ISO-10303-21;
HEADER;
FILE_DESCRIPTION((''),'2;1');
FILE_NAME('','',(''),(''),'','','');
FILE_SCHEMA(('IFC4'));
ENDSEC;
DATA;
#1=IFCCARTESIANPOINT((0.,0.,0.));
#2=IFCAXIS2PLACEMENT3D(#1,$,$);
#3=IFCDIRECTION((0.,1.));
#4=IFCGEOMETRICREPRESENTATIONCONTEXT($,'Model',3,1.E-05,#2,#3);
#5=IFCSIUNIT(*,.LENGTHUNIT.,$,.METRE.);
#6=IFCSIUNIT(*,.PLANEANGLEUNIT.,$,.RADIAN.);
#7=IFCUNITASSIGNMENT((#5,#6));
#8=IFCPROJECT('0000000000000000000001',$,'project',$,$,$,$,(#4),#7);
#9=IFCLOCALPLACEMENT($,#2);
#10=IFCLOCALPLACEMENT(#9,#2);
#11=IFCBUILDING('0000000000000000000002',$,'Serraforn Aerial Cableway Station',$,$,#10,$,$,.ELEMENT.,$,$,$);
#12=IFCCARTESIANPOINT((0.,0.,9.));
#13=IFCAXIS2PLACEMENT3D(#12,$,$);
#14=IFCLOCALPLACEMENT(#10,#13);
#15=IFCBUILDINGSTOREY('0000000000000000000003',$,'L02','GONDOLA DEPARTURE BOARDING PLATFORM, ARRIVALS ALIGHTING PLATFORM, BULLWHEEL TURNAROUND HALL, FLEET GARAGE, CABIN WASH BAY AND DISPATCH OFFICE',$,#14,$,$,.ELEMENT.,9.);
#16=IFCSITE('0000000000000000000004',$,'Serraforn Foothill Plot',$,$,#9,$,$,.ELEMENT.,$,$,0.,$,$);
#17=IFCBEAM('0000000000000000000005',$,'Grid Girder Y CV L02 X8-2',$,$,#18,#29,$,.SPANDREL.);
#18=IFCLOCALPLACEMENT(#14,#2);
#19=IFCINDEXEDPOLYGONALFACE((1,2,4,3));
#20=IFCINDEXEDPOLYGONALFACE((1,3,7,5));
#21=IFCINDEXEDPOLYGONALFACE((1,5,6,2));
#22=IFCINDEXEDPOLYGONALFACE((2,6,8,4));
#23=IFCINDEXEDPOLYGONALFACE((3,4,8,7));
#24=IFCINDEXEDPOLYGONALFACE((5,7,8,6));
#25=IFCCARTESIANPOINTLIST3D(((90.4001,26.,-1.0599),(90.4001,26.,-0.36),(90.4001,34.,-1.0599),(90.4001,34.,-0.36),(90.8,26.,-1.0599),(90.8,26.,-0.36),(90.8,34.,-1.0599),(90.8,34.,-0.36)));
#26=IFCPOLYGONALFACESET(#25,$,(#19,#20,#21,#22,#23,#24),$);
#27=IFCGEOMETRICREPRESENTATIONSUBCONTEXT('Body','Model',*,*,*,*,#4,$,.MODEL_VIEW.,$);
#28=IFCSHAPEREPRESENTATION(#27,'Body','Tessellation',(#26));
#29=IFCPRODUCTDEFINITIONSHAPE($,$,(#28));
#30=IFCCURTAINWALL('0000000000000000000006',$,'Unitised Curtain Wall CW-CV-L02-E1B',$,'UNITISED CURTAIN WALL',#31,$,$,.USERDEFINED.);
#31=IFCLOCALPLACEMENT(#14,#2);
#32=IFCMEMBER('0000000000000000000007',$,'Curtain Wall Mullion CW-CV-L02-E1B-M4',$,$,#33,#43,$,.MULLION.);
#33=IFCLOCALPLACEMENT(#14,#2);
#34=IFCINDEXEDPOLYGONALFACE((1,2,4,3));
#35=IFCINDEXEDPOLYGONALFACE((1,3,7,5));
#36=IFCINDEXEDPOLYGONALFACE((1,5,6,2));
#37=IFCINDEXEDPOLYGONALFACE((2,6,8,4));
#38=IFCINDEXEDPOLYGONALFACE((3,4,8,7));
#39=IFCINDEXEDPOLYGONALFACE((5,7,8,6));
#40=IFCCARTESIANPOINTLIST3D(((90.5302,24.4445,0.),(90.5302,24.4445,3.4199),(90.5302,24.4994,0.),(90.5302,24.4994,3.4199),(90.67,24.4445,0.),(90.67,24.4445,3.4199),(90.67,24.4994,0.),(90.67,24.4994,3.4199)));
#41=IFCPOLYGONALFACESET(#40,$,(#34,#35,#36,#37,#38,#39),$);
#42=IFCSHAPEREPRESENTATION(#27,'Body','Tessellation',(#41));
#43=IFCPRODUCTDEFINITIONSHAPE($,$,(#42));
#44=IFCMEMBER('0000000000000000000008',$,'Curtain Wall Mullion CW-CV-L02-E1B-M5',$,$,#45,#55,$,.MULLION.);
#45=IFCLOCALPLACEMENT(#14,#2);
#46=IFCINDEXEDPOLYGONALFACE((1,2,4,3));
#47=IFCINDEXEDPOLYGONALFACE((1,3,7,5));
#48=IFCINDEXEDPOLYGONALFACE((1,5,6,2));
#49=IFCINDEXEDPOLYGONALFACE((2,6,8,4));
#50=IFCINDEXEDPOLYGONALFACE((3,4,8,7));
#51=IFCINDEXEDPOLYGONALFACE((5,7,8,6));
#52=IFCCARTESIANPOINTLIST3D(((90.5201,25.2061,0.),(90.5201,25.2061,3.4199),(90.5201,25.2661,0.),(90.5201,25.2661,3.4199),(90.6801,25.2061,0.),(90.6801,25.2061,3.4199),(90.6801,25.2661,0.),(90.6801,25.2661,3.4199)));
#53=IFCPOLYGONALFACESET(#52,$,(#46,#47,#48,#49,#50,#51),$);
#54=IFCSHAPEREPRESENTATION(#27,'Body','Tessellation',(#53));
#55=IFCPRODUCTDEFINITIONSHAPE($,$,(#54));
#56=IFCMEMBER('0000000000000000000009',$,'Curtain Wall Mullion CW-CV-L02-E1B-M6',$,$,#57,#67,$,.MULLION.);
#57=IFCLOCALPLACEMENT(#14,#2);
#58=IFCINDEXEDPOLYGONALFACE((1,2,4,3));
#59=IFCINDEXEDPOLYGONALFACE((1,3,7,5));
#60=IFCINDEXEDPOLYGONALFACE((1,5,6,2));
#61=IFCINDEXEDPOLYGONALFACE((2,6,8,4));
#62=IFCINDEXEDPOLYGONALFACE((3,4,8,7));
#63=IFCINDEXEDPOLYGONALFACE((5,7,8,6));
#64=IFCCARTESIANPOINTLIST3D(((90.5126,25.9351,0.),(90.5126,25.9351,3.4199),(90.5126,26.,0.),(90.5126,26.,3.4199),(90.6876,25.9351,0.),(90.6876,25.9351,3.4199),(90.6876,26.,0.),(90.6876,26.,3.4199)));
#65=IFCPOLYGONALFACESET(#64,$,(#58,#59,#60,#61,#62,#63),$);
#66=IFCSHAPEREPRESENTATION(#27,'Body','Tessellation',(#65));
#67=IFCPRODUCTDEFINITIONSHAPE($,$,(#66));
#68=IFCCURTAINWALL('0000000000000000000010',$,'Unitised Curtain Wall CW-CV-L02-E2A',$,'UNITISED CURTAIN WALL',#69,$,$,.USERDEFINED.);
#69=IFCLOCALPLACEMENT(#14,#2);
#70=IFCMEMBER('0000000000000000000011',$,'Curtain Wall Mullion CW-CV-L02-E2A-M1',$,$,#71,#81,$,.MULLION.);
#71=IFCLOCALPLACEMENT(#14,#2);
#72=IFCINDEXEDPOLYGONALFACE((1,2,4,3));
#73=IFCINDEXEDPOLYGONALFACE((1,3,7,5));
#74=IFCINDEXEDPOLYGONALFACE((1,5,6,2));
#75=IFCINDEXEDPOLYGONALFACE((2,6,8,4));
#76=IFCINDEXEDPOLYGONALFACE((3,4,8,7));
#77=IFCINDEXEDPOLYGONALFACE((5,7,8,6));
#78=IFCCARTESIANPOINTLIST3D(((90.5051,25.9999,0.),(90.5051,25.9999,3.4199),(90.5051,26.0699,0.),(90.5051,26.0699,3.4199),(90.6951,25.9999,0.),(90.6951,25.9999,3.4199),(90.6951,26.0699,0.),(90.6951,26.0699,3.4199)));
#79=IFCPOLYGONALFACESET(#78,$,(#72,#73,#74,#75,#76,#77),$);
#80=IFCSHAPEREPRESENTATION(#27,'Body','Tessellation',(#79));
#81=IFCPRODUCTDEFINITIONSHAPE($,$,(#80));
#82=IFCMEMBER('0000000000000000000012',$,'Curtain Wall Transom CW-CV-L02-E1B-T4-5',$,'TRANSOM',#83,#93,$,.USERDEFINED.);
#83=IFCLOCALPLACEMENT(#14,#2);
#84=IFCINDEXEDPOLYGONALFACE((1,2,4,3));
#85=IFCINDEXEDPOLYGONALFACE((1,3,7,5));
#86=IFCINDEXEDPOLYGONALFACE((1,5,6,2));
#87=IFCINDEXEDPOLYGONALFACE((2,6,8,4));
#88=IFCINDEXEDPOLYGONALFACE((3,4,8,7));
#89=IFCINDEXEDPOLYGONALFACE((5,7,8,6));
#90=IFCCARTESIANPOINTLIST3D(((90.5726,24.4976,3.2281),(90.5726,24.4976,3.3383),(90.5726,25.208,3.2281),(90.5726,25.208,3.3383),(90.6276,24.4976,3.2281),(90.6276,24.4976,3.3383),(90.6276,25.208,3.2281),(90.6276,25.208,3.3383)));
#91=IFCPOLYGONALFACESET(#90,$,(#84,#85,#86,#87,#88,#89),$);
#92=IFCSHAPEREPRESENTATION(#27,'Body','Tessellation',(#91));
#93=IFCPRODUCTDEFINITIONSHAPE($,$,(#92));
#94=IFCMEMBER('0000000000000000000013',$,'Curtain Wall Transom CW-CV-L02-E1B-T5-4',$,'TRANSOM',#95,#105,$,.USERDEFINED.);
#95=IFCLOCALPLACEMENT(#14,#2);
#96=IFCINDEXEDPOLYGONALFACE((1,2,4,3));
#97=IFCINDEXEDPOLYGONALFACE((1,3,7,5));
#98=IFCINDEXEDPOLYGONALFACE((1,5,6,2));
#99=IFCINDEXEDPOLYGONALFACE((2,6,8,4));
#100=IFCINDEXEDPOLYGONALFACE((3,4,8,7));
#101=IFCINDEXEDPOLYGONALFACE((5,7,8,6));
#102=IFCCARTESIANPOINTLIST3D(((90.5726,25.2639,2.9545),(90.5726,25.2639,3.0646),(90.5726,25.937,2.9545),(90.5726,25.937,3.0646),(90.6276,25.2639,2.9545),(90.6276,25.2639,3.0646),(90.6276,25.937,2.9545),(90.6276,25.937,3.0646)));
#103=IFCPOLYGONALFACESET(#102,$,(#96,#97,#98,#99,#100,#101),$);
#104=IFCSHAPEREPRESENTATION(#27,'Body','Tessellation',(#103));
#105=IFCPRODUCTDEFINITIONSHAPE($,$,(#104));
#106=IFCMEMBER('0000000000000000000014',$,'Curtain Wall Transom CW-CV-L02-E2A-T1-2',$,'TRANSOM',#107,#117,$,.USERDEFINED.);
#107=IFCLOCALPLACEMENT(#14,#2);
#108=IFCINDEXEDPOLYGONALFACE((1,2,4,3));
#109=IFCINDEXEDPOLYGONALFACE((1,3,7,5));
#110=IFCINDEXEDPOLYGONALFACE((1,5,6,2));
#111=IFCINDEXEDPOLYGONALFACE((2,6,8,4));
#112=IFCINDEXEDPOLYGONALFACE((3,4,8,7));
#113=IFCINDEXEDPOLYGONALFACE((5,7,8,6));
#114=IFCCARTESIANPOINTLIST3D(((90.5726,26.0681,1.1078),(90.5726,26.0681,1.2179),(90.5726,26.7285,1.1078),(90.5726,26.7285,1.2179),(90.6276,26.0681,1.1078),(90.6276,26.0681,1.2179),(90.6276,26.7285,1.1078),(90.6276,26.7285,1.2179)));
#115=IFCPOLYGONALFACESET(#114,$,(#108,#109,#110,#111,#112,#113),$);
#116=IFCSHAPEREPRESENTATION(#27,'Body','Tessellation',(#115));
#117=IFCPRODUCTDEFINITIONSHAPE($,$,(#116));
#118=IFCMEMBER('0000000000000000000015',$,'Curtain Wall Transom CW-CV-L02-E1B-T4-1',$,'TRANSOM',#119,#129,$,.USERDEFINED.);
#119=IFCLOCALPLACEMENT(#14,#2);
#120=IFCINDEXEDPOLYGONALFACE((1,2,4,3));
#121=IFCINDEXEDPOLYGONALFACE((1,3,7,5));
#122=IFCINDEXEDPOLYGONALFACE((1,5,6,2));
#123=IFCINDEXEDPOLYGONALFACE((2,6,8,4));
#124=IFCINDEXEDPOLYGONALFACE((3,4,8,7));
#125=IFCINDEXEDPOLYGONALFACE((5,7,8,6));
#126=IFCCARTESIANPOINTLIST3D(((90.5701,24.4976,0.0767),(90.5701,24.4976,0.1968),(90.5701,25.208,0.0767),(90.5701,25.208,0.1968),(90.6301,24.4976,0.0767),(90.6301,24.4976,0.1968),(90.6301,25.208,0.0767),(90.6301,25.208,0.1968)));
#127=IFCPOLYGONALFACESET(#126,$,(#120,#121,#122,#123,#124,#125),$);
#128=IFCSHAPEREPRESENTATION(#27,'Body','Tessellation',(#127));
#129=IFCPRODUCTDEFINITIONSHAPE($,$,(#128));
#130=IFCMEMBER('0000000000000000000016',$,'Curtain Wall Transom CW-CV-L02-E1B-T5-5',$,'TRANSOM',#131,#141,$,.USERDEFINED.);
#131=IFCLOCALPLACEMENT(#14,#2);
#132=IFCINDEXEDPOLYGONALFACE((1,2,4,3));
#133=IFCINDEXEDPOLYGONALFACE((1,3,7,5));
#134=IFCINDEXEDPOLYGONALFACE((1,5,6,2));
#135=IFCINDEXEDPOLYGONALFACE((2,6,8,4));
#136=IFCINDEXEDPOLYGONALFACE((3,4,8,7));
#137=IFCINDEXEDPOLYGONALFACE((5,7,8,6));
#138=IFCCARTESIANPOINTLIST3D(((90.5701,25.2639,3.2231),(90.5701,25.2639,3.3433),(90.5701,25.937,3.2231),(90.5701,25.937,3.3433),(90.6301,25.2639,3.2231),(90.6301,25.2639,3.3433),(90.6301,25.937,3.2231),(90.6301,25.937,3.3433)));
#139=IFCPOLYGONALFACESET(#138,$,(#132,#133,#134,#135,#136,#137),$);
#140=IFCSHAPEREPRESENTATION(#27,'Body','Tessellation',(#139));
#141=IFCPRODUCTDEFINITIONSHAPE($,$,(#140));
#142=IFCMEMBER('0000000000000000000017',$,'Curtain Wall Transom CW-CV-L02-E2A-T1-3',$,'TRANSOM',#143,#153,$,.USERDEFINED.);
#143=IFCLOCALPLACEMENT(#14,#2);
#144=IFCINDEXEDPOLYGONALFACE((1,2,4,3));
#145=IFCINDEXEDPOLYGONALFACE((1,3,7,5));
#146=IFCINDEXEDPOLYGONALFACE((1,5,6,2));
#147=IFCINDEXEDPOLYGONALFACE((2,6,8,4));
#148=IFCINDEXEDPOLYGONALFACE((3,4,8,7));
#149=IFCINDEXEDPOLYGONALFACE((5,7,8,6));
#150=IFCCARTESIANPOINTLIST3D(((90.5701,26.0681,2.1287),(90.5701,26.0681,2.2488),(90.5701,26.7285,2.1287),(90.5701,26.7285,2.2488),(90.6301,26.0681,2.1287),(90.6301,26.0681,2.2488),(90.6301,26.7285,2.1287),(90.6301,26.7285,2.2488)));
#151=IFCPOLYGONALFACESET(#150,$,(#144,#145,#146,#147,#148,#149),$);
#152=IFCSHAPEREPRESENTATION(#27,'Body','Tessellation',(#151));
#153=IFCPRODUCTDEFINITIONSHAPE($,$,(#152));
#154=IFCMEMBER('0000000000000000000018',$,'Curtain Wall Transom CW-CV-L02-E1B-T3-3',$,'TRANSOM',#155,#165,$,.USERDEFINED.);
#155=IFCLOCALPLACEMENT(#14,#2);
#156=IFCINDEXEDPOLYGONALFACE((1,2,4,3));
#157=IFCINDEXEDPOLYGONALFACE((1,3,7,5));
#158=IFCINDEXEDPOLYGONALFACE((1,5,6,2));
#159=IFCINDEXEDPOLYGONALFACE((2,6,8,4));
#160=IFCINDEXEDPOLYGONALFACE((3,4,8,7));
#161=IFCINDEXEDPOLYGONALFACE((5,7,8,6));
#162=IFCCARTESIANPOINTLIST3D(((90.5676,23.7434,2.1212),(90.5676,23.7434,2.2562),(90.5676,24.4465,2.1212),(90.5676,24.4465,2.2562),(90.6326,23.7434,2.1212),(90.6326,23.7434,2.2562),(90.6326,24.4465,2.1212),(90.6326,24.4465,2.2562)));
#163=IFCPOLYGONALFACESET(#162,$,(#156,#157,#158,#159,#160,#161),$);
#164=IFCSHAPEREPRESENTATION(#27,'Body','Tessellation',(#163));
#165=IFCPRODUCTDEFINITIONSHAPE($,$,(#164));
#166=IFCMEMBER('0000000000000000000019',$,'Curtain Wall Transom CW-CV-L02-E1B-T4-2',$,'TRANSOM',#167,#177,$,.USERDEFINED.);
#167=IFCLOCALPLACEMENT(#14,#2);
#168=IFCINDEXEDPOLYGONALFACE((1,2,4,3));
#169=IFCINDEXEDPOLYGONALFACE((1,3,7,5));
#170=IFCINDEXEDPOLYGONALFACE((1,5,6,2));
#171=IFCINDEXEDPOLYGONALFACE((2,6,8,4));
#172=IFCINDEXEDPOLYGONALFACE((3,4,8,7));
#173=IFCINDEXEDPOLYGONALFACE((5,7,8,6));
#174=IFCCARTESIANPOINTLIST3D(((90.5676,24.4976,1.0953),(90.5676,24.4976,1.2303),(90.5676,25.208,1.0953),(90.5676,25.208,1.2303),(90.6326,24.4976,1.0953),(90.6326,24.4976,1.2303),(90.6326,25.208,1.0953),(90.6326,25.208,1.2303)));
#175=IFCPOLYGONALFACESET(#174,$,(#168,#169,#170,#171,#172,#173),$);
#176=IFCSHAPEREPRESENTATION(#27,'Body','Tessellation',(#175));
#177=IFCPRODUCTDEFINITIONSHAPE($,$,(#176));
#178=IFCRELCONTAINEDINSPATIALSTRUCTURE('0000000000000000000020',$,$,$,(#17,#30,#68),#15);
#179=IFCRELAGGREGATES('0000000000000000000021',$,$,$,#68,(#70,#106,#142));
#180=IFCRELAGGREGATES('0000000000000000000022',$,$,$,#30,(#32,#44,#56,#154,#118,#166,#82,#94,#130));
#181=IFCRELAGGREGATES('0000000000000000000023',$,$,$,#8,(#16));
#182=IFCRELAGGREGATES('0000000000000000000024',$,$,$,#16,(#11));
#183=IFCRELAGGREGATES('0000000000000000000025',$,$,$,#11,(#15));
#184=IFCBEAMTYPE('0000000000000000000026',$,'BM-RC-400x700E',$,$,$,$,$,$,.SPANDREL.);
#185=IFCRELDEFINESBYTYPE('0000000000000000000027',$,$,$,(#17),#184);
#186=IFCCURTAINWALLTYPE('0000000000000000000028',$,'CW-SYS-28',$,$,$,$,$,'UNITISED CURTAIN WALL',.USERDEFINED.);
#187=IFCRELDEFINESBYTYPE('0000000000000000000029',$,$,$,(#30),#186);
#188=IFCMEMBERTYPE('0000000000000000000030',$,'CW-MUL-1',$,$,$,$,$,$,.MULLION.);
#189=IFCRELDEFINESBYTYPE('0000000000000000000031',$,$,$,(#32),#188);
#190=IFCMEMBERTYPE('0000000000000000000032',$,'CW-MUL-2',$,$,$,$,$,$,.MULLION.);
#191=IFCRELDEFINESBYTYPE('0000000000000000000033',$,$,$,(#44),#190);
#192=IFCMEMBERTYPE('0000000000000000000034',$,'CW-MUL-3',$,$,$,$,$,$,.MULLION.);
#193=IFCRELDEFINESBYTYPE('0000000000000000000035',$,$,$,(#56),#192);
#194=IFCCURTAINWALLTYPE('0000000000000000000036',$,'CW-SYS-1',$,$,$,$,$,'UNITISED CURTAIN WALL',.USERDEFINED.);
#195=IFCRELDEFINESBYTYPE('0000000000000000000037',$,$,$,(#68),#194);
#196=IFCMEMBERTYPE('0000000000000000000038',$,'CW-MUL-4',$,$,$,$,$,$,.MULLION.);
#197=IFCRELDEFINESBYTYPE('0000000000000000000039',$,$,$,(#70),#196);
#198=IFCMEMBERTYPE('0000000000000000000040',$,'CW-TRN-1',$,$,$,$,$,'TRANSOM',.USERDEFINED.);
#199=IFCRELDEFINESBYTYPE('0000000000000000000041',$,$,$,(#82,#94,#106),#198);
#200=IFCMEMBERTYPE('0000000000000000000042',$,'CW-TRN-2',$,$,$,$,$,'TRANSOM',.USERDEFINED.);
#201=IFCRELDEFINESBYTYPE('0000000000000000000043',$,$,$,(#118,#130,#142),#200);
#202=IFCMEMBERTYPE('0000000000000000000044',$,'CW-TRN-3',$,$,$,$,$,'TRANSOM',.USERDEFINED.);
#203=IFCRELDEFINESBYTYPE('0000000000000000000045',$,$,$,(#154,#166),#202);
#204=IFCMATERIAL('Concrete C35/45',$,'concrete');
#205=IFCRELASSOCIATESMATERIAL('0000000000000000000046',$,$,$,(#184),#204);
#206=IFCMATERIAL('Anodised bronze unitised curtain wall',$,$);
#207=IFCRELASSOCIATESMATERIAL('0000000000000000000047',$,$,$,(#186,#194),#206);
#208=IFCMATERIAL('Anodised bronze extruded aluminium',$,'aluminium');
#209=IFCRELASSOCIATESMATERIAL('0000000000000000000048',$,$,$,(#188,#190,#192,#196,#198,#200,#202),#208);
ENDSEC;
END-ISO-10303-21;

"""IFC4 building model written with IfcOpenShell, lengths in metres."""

from ifc_helpers import new_model, si_unit, direction, frame, origin, origin_2d, place, context, subcontext, project, spatial, rectangle, extrude, material, material_profile, profile_set, type_object, element, aggregate, save


model = new_model("IFC4")

# Units and contexts
model_context = context("Model", 3, precision=1e-05, world=origin(), true_north=direction((0.0, 1.0)))
body_context = subcontext(model_context, "Body", "Model", "MODEL_VIEW")
ifc_project = project(units=[si_unit("LENGTHUNIT", "METRE"), si_unit("PLANEANGLEUNIT", "RADIAN")], contexts=[model_context])

# Site, building, storey
site_placement = place(None, origin())
site = spatial("IfcSite", under=ifc_project, at=site_placement, Name="Serraforn Foothill Plot", CompositionType="ELEMENT", RefElevation=0.0)
building_placement = place(site_placement, origin())
building = spatial("IfcBuilding", under=site, at=building_placement, Name="Serraforn Aerial Cableway Station", CompositionType="ELEMENT")
storey_placement = place(building_placement, frame((0.0, 0.0, 9.0)))
storey = spatial("IfcBuildingStorey", under=building, at=storey_placement, Name="L02", Description="GONDOLA DEPARTURE BOARDING PLATFORM, ARRIVALS ALIGHTING PLATFORM, BULLWHEEL TURNAROUND HALL, FLEET GARAGE, CABIN WASH BAY AND DISPATCH OFFICE", CompositionType="ELEMENT", Elevation=9.0)

# Beam
ifc_material_1 = material(Name="Concrete C35/45", Category="concrete")
ifc_material_profile_1 = material_profile(ifc_material_1, rectangle(XDim=0.3999, YDim=0.7, at=origin_2d()), Name="RC 400x700")
ifc_profile_set_1 = profile_set([ifc_material_profile_1], Name="Concrete C35/45")
beam_type = type_object("IfcBeamType", Name="BM-RC-400x700E", PredefinedType="SPANDREL", material=ifc_profile_set_1)
beam_placement = place(storey_placement, frame((90.6001, 26.0, -0.71), z_axis=(0.0, 1.0, 0.0), x_axis=(-1.0, 0.0, 0.0)))
element("IfcBeam", 1, at=beam_placement, inside=storey, type_object=beam_type, Name="Grid Girder Y CV L02 X8-2", PredefinedType="SPANDREL", context=body_context, shape_type="SweptSolid", body=[
    extrude(rectangle(XDim=0.3999, YDim=0.7, at=origin_2d()), origin(), (0.0, 0.0, 1.0), 8.0),
])

# Curtain wall, members
ifc_material_2 = material(Name="Anodised bronze unitised curtain wall")
curtain_wall_type_1 = type_object("IfcCurtainWallType", Name="CW-SYS-28", ElementType="UNITISED CURTAIN WALL", PredefinedType="USERDEFINED", material=ifc_material_2)
curtain_wall_1_placement = place(storey_placement, origin())
curtain_wall_1 = element("IfcCurtainWall", 2, at=curtain_wall_1_placement, inside=storey, type_object=curtain_wall_type_1, Name="Unitised Curtain Wall CW-CV-L02-E1B", ObjectType="UNITISED CURTAIN WALL", PredefinedType="USERDEFINED")
ifc_material_3 = material(Name="Anodised bronze extruded aluminium", Category="aluminium")
ifc_material_profile_2 = material_profile(ifc_material_3, rectangle(XDim=0.0549, YDim=0.1399, at=origin_2d()), Name="CW MULLION 55x140")
ifc_profile_set_2 = profile_set([ifc_material_profile_2], Name="Anodised bronze extruded aluminium")
member_type_1 = type_object("IfcMemberType", Name="CW-MUL-1", PredefinedType="MULLION", material=ifc_profile_set_2)
member_1_placement = place(storey_placement, frame((90.6001, 24.4719, 0.0), z_axis=(0.0, 0.0, 1.0), x_axis=(0.0, 1.0, 0.0)))
member_1 = element("IfcMember", 3, at=member_1_placement, type_object=member_type_1, Name="Curtain Wall Mullion CW-CV-L02-E1B-M4", PredefinedType="MULLION", context=body_context, shape_type="SweptSolid", body=[
    extrude(rectangle(XDim=0.0549, YDim=0.1399, at=origin_2d()), origin(), (0.0, 0.0, 1.0), 3.4199),
])
ifc_material_profile_3 = material_profile(ifc_material_3, rectangle(XDim=0.0601, YDim=0.1599, at=origin_2d()), Name="CW MULLION 60x160")
ifc_profile_set_3 = profile_set([ifc_material_profile_3], Name="Anodised bronze extruded aluminium")
member_type_2 = type_object("IfcMemberType", Name="CW-MUL-2", PredefinedType="MULLION", material=ifc_profile_set_3)
member_2_placement = place(storey_placement, frame((90.6001, 25.2361, 0.0), z_axis=(0.0, 0.0, 1.0), x_axis=(0.0, 1.0, 0.0)))
member_2 = element("IfcMember", 4, at=member_2_placement, type_object=member_type_2, Name="Curtain Wall Mullion CW-CV-L02-E1B-M5", PredefinedType="MULLION", context=body_context, shape_type="SweptSolid", body=[
    extrude(rectangle(XDim=0.0601, YDim=0.1599, at=origin_2d()), origin(), (0.0, 0.0, 1.0), 3.4199),
])
ifc_material_profile_4 = material_profile(ifc_material_3, rectangle(XDim=0.0649, YDim=0.175, at=origin_2d()), Name="CW MULLION 65x175")
ifc_profile_set_4 = profile_set([ifc_material_profile_4], Name="Anodised bronze extruded aluminium")
member_type_3 = type_object("IfcMemberType", Name="CW-MUL-3", PredefinedType="MULLION", material=ifc_profile_set_4)
member_3_placement = place(storey_placement, frame((90.6001, 25.9675, 0.0), z_axis=(0.0, 0.0, 1.0), x_axis=(0.0, 1.0, 0.0)))
member_3 = element("IfcMember", 5, at=member_3_placement, type_object=member_type_3, Name="Curtain Wall Mullion CW-CV-L02-E1B-M6", PredefinedType="MULLION", context=body_context, shape_type="SweptSolid", body=[
    extrude(rectangle(XDim=0.0649, YDim=0.175, at=origin_2d()), origin(), (0.0, 0.0, 1.0), 3.4199),
])

# Curtain wall, member
curtain_wall_type_2 = type_object("IfcCurtainWallType", Name="CW-SYS-1", ElementType="UNITISED CURTAIN WALL", PredefinedType="USERDEFINED", material=ifc_material_2)
curtain_wall_2_placement = place(storey_placement, origin())
curtain_wall_2 = element("IfcCurtainWall", 6, at=curtain_wall_2_placement, inside=storey, type_object=curtain_wall_type_2, Name="Unitised Curtain Wall CW-CV-L02-E2A", ObjectType="UNITISED CURTAIN WALL", PredefinedType="USERDEFINED")
ifc_material_profile_5 = material_profile(ifc_material_3, rectangle(XDim=0.0701, YDim=0.1899, at=origin_2d()), Name="CW MULLION 70x190")
ifc_profile_set_5 = profile_set([ifc_material_profile_5], Name="Anodised bronze extruded aluminium")
member_type_4 = type_object("IfcMemberType", Name="CW-MUL-4", PredefinedType="MULLION", material=ifc_profile_set_5)
member_4_placement = place(storey_placement, frame((90.6001, 26.0349, 0.0), z_axis=(0.0, 0.0, 1.0), x_axis=(0.0, 1.0, 0.0)))
member_4 = element("IfcMember", 7, at=member_4_placement, type_object=member_type_4, Name="Curtain Wall Mullion CW-CV-L02-E2A-M1", PredefinedType="MULLION", context=body_context, shape_type="SweptSolid", body=[
    extrude(rectangle(XDim=0.0701, YDim=0.1899, at=origin_2d()), origin(), (0.0, 0.0, 1.0), 3.4199),
])

# Members
ifc_material_profile_6 = material_profile(ifc_material_3, rectangle(XDim=0.0549, YDim=0.1101, at=origin_2d()), Name="CW TRANSOM 55x110")
ifc_profile_set_6 = profile_set([ifc_material_profile_6], Name="Anodised bronze extruded aluminium")
member_type_5 = type_object("IfcMemberType", Name="CW-TRN-1", ElementType="TRANSOM", PredefinedType="USERDEFINED", material=ifc_profile_set_6)
member_5_placement = place(storey_placement, frame((90.6001, 24.4976, 3.2832), z_axis=(0.0, 1.0, 0.0), x_axis=(-1.0, 0.0, 0.0)))
member_5 = element("IfcMember", 8, at=member_5_placement, type_object=member_type_5, Name="Curtain Wall Transom CW-CV-L02-E1B-T4-5", ObjectType="TRANSOM", PredefinedType="USERDEFINED", context=body_context, shape_type="SweptSolid", body=[
    extrude(rectangle(XDim=0.0549, YDim=0.1101, at=origin_2d()), origin(), (0.0, 0.0, 1.0), 0.7104),
])
member_6_placement = place(storey_placement, frame((90.6001, 25.2639, 3.0095), z_axis=(0.0, 1.0, 0.0), x_axis=(-1.0, 0.0, 0.0)))
member_6 = element("IfcMember", 9, at=member_6_placement, type_object=member_type_5, Name="Curtain Wall Transom CW-CV-L02-E1B-T5-4", ObjectType="TRANSOM", PredefinedType="USERDEFINED", context=body_context, shape_type="SweptSolid", body=[
    extrude(rectangle(XDim=0.0549, YDim=0.1101, at=origin_2d()), origin(), (0.0, 0.0, 1.0), 0.6731),
])
member_7_placement = place(storey_placement, frame((90.6001, 26.0681, 1.1628), z_axis=(0.0, 1.0, 0.0), x_axis=(-1.0, 0.0, 0.0)))
member_7 = element("IfcMember", 10, at=member_7_placement, type_object=member_type_5, Name="Curtain Wall Transom CW-CV-L02-E2A-T1-2", ObjectType="TRANSOM", PredefinedType="USERDEFINED", context=body_context, shape_type="SweptSolid", body=[
    extrude(rectangle(XDim=0.0549, YDim=0.1101, at=origin_2d()), origin(), (0.0, 0.0, 1.0), 0.6604),
])
ifc_material_profile_7 = material_profile(ifc_material_3, rectangle(XDim=0.0601, YDim=0.1201, at=origin_2d()), Name="CW TRANSOM 60x120")
ifc_profile_set_7 = profile_set([ifc_material_profile_7], Name="Anodised bronze extruded aluminium")
member_type_6 = type_object("IfcMemberType", Name="CW-TRN-2", ElementType="TRANSOM", PredefinedType="USERDEFINED", material=ifc_profile_set_7)
member_8_placement = place(storey_placement, frame((90.6001, 24.4976, 0.1367), z_axis=(0.0, 1.0, 0.0), x_axis=(-1.0, 0.0, 0.0)))
member_8 = element("IfcMember", 11, at=member_8_placement, type_object=member_type_6, Name="Curtain Wall Transom CW-CV-L02-E1B-T4-1", ObjectType="TRANSOM", PredefinedType="USERDEFINED", context=body_context, shape_type="SweptSolid", body=[
    extrude(rectangle(XDim=0.0601, YDim=0.1201, at=origin_2d()), origin(), (0.0, 0.0, 1.0), 0.7104),
])
member_9_placement = place(storey_placement, frame((90.6001, 25.2639, 3.2832), z_axis=(0.0, 1.0, 0.0), x_axis=(-1.0, 0.0, 0.0)))
member_9 = element("IfcMember", 12, at=member_9_placement, type_object=member_type_6, Name="Curtain Wall Transom CW-CV-L02-E1B-T5-5", ObjectType="TRANSOM", PredefinedType="USERDEFINED", context=body_context, shape_type="SweptSolid", body=[
    extrude(rectangle(XDim=0.0601, YDim=0.1201, at=origin_2d()), origin(), (0.0, 0.0, 1.0), 0.6731),
])
member_10_placement = place(storey_placement, frame((90.6001, 26.0681, 2.1887), z_axis=(0.0, 1.0, 0.0), x_axis=(-1.0, 0.0, 0.0)))
member_10 = element("IfcMember", 13, at=member_10_placement, type_object=member_type_6, Name="Curtain Wall Transom CW-CV-L02-E2A-T1-3", ObjectType="TRANSOM", PredefinedType="USERDEFINED", context=body_context, shape_type="SweptSolid", body=[
    extrude(rectangle(XDim=0.0601, YDim=0.1201, at=origin_2d()), origin(), (0.0, 0.0, 1.0), 0.6604),
])
ifc_material_profile_8 = material_profile(ifc_material_3, rectangle(XDim=0.0649, YDim=0.135, at=origin_2d()), Name="CW TRANSOM 65x135")
ifc_profile_set_8 = profile_set([ifc_material_profile_8], Name="Anodised bronze extruded aluminium")
member_type_7 = type_object("IfcMemberType", Name="CW-TRN-3", ElementType="TRANSOM", PredefinedType="USERDEFINED", material=ifc_profile_set_8)
member_11_placement = place(storey_placement, frame((90.6001, 23.7434, 2.1887), z_axis=(0.0, 1.0, 0.0), x_axis=(-1.0, 0.0, 0.0)))
member_11 = element("IfcMember", 14, at=member_11_placement, type_object=member_type_7, Name="Curtain Wall Transom CW-CV-L02-E1B-T3-3", ObjectType="TRANSOM", PredefinedType="USERDEFINED", context=body_context, shape_type="SweptSolid", body=[
    extrude(rectangle(XDim=0.0649, YDim=0.135, at=origin_2d()), origin(), (0.0, 0.0, 1.0), 0.7031),
])
member_12_placement = place(storey_placement, frame((90.6001, 24.4976, 1.1628), z_axis=(0.0, 1.0, 0.0), x_axis=(-1.0, 0.0, 0.0)))
member_12 = element("IfcMember", 15, at=member_12_placement, type_object=member_type_7, Name="Curtain Wall Transom CW-CV-L02-E1B-T4-2", ObjectType="TRANSOM", PredefinedType="USERDEFINED", context=body_context, shape_type="SweptSolid", body=[
    extrude(rectangle(XDim=0.0649, YDim=0.135, at=origin_2d()), origin(), (0.0, 0.0, 1.0), 0.7104),
])

aggregate(curtain_wall_2, [member_4, member_7, member_10])
aggregate(curtain_wall_1, [member_1, member_2, member_3, member_11, member_8, member_12, member_5, member_6, member_9])

save(model, "model.ifc")
